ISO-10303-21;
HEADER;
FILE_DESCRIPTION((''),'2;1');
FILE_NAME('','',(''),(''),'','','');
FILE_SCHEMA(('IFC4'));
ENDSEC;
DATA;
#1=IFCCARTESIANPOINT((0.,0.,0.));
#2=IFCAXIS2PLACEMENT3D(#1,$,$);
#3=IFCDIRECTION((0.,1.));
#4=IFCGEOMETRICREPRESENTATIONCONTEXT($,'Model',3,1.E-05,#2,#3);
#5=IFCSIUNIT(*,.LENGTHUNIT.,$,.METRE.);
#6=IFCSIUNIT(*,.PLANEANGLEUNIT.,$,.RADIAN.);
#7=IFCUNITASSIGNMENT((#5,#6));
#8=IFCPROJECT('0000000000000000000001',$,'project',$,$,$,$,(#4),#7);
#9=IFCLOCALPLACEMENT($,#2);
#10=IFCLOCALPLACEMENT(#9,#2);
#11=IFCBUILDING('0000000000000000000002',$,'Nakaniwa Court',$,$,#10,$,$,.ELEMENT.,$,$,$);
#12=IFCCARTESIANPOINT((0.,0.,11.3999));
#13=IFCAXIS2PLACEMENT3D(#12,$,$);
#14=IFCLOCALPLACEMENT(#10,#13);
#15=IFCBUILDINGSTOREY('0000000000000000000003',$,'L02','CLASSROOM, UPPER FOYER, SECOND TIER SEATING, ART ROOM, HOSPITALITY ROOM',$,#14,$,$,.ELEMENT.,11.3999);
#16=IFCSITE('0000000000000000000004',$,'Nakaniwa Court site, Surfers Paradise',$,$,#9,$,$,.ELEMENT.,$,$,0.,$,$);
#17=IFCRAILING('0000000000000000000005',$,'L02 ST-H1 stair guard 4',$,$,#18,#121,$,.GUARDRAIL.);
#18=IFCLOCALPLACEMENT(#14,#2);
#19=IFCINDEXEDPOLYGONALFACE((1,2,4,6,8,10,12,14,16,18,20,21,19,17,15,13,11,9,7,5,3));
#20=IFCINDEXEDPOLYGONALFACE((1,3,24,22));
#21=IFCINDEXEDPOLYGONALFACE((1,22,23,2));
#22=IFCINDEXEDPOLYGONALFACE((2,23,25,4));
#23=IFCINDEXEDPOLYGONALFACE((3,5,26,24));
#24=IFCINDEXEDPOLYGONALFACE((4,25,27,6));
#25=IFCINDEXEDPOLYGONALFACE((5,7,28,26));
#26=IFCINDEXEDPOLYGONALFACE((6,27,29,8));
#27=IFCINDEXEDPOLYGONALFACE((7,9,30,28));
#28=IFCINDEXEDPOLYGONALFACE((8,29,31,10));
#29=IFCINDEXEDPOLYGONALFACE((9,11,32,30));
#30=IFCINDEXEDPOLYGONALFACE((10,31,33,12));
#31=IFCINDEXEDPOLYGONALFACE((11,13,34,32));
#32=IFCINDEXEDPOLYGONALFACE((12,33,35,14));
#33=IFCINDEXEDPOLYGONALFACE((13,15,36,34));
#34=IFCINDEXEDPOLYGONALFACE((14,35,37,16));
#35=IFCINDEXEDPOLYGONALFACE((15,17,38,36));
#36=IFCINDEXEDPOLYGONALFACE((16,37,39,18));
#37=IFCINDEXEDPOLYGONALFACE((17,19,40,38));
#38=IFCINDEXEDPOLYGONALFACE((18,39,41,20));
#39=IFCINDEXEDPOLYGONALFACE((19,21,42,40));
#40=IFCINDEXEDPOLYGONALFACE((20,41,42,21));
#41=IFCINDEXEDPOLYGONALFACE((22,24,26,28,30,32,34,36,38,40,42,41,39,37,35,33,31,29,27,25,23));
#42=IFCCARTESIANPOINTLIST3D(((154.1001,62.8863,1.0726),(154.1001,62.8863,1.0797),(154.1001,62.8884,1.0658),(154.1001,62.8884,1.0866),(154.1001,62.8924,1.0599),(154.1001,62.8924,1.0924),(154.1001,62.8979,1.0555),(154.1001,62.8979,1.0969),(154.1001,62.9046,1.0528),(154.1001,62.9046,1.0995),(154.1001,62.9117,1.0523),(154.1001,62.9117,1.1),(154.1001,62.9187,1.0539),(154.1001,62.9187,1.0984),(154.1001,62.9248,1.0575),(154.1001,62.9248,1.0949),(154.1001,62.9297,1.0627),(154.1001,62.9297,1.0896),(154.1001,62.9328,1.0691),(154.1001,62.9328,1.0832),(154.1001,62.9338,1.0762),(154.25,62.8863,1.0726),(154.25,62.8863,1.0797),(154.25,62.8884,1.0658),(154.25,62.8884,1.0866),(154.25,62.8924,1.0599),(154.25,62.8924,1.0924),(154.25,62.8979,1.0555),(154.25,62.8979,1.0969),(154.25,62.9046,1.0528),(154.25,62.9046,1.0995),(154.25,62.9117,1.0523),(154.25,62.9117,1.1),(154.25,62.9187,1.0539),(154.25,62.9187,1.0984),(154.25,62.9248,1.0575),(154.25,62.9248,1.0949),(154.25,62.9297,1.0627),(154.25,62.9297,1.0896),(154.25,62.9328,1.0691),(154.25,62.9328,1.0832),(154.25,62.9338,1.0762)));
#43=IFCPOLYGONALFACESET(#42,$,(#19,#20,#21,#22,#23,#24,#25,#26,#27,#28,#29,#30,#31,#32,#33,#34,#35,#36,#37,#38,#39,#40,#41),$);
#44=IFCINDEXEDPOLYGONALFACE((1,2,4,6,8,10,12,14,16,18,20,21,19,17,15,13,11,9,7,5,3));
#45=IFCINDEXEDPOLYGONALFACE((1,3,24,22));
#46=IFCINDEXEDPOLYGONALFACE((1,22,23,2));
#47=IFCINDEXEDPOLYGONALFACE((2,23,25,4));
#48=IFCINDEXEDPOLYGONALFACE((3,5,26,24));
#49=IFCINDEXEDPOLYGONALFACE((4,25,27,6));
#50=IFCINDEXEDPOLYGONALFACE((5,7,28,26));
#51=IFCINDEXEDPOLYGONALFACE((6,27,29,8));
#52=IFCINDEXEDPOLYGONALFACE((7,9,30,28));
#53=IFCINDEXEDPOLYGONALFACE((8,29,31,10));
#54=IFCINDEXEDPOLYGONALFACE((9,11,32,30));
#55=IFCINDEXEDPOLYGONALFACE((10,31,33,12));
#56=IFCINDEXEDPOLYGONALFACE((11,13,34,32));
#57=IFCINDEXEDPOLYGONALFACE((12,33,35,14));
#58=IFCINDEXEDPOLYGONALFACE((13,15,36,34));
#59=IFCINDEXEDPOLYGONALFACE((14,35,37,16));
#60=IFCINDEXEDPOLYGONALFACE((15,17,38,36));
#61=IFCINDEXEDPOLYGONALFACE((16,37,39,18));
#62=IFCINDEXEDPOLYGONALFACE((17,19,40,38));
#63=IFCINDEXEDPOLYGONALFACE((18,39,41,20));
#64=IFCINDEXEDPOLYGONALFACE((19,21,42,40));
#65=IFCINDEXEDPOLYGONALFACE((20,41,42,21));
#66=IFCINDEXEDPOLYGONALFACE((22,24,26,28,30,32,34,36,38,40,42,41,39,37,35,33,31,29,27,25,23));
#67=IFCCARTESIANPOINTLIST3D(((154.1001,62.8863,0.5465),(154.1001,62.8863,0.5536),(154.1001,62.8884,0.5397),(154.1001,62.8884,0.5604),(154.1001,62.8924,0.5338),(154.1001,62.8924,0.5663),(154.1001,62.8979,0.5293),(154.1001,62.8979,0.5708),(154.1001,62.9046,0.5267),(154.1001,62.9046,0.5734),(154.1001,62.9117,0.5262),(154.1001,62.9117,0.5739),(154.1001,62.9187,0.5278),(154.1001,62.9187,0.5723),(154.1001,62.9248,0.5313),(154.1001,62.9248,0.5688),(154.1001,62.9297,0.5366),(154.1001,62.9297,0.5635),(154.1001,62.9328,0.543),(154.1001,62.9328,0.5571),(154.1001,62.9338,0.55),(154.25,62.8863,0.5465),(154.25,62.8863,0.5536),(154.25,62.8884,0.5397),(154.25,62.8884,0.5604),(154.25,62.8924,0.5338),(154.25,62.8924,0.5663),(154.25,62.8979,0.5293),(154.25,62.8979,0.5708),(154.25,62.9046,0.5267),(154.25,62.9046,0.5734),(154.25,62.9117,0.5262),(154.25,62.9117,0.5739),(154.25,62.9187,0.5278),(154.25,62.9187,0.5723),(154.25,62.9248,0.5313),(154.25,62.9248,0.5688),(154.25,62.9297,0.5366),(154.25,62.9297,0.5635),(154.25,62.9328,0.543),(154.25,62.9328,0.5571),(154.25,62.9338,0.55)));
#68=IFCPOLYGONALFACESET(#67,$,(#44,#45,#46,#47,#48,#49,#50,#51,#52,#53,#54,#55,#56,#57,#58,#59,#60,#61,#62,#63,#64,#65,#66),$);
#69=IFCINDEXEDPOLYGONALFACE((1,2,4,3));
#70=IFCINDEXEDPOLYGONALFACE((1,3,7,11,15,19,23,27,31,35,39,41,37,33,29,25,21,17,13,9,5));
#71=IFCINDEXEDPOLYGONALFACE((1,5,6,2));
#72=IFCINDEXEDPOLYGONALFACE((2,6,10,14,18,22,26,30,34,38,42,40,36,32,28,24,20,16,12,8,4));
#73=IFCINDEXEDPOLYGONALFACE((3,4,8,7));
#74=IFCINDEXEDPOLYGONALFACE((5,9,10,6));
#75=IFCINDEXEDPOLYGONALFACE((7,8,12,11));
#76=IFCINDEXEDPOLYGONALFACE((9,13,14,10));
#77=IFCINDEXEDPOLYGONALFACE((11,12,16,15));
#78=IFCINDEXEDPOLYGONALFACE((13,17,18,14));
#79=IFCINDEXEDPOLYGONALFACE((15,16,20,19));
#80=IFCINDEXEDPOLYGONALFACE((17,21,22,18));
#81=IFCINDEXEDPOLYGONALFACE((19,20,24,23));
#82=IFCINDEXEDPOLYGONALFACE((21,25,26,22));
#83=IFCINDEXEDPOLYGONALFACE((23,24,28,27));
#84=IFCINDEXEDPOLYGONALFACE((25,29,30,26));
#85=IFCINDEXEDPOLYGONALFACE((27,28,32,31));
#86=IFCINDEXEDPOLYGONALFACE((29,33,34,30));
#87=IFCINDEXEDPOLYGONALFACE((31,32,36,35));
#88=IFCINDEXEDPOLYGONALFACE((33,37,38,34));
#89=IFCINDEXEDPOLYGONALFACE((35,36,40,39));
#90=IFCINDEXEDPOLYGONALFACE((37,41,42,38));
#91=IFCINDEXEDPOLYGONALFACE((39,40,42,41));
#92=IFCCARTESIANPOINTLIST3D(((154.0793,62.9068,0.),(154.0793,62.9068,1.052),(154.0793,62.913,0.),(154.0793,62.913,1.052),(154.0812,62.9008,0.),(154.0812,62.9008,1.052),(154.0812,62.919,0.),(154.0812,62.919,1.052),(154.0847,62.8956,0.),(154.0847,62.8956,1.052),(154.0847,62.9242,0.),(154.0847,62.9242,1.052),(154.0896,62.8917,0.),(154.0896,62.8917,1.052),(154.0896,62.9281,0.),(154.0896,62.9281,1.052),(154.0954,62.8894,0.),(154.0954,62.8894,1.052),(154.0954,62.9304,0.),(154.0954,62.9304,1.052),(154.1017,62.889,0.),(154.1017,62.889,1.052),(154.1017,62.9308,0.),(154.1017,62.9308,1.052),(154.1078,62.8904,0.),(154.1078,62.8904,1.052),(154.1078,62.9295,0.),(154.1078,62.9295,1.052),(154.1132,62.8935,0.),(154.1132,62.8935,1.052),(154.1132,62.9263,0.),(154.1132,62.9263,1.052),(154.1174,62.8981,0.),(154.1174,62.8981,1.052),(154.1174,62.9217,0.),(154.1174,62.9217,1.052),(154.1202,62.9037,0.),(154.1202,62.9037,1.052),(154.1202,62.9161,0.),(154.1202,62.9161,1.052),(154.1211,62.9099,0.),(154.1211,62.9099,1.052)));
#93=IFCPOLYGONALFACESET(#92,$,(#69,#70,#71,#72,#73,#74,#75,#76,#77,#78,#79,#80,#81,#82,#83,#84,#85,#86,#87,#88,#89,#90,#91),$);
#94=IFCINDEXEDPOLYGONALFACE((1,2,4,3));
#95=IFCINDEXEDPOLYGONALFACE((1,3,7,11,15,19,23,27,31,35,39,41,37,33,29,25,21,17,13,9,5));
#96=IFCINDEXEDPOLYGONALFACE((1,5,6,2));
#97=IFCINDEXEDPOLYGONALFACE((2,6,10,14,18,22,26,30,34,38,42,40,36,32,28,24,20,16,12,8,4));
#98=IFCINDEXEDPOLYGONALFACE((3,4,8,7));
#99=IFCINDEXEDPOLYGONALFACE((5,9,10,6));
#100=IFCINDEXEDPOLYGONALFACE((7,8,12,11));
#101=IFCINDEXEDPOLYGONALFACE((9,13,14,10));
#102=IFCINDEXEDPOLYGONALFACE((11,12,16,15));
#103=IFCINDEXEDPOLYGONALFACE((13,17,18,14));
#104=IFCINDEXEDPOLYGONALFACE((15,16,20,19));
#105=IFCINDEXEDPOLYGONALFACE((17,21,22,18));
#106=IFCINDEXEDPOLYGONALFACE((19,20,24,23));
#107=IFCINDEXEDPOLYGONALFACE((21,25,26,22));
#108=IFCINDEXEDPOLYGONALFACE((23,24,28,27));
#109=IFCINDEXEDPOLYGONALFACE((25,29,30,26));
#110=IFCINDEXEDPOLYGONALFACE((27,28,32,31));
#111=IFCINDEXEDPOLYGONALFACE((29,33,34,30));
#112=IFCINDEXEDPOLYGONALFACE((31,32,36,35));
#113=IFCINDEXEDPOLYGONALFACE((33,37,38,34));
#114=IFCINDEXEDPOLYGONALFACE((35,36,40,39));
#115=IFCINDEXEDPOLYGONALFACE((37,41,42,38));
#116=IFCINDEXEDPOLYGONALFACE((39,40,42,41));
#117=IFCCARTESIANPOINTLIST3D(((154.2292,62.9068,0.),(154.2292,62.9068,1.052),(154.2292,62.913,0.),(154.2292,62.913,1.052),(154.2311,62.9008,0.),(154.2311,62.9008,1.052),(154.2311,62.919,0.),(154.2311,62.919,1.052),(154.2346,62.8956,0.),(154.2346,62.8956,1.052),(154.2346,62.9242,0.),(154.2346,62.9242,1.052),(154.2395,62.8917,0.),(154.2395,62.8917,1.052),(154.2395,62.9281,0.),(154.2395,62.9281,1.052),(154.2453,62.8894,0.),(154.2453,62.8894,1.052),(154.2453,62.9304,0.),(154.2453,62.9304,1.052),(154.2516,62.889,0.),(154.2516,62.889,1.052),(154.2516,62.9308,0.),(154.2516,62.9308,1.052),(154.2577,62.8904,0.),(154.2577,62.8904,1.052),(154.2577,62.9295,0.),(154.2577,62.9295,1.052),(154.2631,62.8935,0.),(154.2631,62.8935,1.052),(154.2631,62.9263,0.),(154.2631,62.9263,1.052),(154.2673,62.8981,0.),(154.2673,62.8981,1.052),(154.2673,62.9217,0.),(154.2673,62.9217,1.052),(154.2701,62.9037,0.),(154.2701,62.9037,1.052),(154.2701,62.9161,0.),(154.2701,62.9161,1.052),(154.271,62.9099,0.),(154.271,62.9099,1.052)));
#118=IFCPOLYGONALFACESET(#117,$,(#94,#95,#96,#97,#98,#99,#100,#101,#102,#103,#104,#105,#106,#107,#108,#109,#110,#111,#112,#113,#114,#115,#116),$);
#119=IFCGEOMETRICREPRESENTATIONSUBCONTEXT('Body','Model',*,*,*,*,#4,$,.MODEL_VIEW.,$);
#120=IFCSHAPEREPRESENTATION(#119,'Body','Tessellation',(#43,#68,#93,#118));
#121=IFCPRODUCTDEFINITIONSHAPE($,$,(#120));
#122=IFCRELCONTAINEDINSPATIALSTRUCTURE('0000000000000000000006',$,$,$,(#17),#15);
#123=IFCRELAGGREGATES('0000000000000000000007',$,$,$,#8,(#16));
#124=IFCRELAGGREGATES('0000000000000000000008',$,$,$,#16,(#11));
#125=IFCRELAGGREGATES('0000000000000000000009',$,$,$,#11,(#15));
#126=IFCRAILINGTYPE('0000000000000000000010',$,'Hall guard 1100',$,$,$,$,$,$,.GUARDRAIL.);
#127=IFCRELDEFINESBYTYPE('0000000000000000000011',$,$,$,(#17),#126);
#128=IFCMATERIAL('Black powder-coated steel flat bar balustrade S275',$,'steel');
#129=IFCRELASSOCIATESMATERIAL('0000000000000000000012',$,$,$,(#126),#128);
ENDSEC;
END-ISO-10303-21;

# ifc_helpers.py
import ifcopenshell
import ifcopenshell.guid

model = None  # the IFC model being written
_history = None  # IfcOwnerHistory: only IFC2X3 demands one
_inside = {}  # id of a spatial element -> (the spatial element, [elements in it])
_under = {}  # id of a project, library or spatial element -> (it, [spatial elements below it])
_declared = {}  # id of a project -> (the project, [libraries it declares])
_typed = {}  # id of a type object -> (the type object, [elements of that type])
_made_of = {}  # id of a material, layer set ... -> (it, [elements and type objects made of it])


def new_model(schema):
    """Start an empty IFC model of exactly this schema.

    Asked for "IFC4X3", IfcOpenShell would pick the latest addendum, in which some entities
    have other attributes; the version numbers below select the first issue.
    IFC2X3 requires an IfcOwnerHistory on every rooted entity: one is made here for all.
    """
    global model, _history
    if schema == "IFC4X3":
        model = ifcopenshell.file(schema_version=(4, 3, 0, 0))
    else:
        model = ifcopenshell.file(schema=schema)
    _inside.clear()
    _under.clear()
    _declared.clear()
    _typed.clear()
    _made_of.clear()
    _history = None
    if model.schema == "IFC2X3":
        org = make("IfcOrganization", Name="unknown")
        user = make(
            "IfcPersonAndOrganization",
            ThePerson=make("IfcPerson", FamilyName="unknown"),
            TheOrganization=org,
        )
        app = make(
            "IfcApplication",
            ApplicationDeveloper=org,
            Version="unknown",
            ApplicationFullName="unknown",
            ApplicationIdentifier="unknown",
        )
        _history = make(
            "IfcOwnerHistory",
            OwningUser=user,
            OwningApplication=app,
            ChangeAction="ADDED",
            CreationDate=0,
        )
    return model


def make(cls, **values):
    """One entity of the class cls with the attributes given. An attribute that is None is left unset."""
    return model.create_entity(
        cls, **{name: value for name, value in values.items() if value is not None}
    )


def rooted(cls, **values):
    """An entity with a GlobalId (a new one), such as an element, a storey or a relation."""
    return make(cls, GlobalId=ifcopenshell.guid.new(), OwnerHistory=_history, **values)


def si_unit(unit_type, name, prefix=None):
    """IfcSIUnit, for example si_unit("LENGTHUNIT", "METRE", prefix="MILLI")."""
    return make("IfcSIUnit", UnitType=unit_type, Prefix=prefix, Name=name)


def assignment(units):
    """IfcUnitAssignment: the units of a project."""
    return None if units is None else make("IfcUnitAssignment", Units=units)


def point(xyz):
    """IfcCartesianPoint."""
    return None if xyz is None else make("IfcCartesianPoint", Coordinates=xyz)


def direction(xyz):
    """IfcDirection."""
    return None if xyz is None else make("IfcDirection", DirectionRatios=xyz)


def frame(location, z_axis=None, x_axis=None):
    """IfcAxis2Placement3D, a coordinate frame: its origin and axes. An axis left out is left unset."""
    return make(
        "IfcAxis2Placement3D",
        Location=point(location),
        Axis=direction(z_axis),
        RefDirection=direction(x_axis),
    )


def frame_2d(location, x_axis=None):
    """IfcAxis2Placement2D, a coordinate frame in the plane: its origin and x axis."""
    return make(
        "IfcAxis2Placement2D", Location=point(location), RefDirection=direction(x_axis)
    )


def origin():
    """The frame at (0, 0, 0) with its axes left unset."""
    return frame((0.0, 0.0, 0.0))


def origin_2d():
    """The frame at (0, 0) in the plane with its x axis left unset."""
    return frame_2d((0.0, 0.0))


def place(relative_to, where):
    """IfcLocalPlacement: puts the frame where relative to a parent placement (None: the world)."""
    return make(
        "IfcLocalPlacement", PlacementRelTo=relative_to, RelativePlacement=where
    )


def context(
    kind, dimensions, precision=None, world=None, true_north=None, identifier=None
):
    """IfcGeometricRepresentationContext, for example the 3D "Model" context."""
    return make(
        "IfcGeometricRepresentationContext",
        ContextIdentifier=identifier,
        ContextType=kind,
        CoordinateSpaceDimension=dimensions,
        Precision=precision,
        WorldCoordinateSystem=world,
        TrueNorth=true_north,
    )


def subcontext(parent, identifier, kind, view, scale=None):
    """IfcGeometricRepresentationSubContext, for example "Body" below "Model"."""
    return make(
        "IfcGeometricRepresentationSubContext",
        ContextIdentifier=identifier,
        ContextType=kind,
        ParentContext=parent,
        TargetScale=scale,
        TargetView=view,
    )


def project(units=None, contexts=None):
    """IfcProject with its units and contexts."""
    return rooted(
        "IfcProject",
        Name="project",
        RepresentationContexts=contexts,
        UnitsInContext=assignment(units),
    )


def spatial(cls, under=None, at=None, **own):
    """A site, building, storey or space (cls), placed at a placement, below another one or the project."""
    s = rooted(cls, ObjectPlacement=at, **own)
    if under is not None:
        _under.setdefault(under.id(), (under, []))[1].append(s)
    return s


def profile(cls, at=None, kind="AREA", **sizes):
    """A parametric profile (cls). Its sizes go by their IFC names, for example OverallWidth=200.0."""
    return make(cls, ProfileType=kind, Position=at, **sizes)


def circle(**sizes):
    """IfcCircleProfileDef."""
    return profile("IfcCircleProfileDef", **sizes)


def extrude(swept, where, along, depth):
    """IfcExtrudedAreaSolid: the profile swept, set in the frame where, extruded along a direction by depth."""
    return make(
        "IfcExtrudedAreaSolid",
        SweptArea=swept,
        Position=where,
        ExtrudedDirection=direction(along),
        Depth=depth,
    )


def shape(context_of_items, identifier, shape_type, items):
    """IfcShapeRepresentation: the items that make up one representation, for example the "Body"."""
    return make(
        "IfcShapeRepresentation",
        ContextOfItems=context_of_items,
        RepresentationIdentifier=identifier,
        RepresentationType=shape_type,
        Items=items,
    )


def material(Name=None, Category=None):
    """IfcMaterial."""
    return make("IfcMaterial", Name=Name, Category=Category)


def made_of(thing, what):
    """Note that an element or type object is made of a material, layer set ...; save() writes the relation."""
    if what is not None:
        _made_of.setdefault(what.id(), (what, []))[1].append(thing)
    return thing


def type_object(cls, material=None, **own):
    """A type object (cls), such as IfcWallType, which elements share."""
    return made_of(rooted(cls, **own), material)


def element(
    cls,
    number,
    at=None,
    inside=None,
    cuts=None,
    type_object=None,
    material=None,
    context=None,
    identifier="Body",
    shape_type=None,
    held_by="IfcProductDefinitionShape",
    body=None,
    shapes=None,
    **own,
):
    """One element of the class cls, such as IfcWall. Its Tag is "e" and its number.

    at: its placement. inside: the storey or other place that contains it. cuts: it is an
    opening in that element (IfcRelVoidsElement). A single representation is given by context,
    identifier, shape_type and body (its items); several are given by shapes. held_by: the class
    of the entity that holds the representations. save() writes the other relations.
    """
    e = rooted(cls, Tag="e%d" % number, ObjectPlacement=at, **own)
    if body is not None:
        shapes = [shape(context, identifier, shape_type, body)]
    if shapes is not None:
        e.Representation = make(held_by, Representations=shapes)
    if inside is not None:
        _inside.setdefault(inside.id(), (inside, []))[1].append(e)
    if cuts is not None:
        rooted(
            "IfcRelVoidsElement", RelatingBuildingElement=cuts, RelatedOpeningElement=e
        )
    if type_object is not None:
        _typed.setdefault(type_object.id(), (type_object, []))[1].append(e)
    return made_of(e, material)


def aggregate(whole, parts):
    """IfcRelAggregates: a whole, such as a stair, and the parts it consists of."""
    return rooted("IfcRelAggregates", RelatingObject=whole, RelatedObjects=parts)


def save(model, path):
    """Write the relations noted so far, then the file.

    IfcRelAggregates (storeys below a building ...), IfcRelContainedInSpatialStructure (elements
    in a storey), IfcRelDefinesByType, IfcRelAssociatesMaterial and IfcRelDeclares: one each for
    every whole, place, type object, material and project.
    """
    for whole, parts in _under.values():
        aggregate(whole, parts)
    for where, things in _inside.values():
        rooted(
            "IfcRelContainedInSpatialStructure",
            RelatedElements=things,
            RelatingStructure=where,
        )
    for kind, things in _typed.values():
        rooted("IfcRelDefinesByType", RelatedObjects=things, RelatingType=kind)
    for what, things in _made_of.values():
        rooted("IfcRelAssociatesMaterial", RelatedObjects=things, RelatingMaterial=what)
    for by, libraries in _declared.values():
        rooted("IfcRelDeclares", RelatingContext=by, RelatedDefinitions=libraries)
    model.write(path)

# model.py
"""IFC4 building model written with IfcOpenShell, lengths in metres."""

from ifc_helpers import new_model, si_unit, direction, frame, origin, origin_2d, place, context, subcontext, project, spatial, circle, extrude, material, type_object, element, save


model = new_model("IFC4")

# Units and contexts
model_context = context("Model", 3, precision=1e-05, world=origin(), true_north=direction((0.0, 1.0)))
body_context = subcontext(model_context, "Body", "Model", "MODEL_VIEW")
ifc_project = project(units=[si_unit("LENGTHUNIT", "METRE"), si_unit("PLANEANGLEUNIT", "RADIAN")], contexts=[model_context])

# Site, building, storey
site_placement = place(None, origin())
site = spatial("IfcSite", under=ifc_project, at=site_placement, Name="Nakaniwa Court site, Surfers Paradise", CompositionType="ELEMENT", RefElevation=0.0)
building_placement = place(site_placement, origin())
building = spatial("IfcBuilding", under=site, at=building_placement, Name="Nakaniwa Court", CompositionType="ELEMENT")
storey_placement = place(building_placement, frame((0.0, 0.0, 11.3999)))
storey = spatial("IfcBuildingStorey", under=building, at=storey_placement, Name="L02", Description="CLASSROOM, UPPER FOYER, SECOND TIER SEATING, ART ROOM, HOSPITALITY ROOM", CompositionType="ELEMENT", Elevation=11.3999)

# Railing
ifc_material_1 = material(Name="Black powder-coated steel flat bar balustrade S275", Category="steel")
railing_type_1 = type_object("IfcRailingType", Name="Hall guard 1100", PredefinedType="GUARDRAIL", material=ifc_material_1)
railing_1_placement = place(storey_placement, frame((154.1001, 62.9099, 0.0)))
element("IfcRailing", 1, at=railing_1_placement, inside=storey, type_object=railing_type_1, Name="L02 ST-H1 stair guard 4", PredefinedType="GUARDRAIL", context=body_context, shape_type="SweptSolid", body=[
    extrude(circle(Radius=0.0239, at=origin_2d()), frame((0.0, 0.0, 1.0762), z_axis=(1.0, 0.0, 0.0), x_axis=(0.0, 1.0, 0.0)), (0.0, 0.0, 1.0), 0.1499),
    extrude(circle(Radius=0.0239, at=origin_2d()), frame((0.0, 0.0, 0.55), z_axis=(1.0, 0.0, 0.0), x_axis=(0.0, 1.0, 0.0)), (0.0, 0.0, 1.0), 0.1499),
    extrude(circle(Radius=0.021, at=origin_2d()), origin(), (0.0, 0.0, 1.0), 1.052),
    extrude(circle(Radius=0.021, at=origin_2d()), frame((0.1499, 0.0, 0.0)), (0.0, 0.0, 1.0), 1.052),
])

save(model, "model.ifc")
